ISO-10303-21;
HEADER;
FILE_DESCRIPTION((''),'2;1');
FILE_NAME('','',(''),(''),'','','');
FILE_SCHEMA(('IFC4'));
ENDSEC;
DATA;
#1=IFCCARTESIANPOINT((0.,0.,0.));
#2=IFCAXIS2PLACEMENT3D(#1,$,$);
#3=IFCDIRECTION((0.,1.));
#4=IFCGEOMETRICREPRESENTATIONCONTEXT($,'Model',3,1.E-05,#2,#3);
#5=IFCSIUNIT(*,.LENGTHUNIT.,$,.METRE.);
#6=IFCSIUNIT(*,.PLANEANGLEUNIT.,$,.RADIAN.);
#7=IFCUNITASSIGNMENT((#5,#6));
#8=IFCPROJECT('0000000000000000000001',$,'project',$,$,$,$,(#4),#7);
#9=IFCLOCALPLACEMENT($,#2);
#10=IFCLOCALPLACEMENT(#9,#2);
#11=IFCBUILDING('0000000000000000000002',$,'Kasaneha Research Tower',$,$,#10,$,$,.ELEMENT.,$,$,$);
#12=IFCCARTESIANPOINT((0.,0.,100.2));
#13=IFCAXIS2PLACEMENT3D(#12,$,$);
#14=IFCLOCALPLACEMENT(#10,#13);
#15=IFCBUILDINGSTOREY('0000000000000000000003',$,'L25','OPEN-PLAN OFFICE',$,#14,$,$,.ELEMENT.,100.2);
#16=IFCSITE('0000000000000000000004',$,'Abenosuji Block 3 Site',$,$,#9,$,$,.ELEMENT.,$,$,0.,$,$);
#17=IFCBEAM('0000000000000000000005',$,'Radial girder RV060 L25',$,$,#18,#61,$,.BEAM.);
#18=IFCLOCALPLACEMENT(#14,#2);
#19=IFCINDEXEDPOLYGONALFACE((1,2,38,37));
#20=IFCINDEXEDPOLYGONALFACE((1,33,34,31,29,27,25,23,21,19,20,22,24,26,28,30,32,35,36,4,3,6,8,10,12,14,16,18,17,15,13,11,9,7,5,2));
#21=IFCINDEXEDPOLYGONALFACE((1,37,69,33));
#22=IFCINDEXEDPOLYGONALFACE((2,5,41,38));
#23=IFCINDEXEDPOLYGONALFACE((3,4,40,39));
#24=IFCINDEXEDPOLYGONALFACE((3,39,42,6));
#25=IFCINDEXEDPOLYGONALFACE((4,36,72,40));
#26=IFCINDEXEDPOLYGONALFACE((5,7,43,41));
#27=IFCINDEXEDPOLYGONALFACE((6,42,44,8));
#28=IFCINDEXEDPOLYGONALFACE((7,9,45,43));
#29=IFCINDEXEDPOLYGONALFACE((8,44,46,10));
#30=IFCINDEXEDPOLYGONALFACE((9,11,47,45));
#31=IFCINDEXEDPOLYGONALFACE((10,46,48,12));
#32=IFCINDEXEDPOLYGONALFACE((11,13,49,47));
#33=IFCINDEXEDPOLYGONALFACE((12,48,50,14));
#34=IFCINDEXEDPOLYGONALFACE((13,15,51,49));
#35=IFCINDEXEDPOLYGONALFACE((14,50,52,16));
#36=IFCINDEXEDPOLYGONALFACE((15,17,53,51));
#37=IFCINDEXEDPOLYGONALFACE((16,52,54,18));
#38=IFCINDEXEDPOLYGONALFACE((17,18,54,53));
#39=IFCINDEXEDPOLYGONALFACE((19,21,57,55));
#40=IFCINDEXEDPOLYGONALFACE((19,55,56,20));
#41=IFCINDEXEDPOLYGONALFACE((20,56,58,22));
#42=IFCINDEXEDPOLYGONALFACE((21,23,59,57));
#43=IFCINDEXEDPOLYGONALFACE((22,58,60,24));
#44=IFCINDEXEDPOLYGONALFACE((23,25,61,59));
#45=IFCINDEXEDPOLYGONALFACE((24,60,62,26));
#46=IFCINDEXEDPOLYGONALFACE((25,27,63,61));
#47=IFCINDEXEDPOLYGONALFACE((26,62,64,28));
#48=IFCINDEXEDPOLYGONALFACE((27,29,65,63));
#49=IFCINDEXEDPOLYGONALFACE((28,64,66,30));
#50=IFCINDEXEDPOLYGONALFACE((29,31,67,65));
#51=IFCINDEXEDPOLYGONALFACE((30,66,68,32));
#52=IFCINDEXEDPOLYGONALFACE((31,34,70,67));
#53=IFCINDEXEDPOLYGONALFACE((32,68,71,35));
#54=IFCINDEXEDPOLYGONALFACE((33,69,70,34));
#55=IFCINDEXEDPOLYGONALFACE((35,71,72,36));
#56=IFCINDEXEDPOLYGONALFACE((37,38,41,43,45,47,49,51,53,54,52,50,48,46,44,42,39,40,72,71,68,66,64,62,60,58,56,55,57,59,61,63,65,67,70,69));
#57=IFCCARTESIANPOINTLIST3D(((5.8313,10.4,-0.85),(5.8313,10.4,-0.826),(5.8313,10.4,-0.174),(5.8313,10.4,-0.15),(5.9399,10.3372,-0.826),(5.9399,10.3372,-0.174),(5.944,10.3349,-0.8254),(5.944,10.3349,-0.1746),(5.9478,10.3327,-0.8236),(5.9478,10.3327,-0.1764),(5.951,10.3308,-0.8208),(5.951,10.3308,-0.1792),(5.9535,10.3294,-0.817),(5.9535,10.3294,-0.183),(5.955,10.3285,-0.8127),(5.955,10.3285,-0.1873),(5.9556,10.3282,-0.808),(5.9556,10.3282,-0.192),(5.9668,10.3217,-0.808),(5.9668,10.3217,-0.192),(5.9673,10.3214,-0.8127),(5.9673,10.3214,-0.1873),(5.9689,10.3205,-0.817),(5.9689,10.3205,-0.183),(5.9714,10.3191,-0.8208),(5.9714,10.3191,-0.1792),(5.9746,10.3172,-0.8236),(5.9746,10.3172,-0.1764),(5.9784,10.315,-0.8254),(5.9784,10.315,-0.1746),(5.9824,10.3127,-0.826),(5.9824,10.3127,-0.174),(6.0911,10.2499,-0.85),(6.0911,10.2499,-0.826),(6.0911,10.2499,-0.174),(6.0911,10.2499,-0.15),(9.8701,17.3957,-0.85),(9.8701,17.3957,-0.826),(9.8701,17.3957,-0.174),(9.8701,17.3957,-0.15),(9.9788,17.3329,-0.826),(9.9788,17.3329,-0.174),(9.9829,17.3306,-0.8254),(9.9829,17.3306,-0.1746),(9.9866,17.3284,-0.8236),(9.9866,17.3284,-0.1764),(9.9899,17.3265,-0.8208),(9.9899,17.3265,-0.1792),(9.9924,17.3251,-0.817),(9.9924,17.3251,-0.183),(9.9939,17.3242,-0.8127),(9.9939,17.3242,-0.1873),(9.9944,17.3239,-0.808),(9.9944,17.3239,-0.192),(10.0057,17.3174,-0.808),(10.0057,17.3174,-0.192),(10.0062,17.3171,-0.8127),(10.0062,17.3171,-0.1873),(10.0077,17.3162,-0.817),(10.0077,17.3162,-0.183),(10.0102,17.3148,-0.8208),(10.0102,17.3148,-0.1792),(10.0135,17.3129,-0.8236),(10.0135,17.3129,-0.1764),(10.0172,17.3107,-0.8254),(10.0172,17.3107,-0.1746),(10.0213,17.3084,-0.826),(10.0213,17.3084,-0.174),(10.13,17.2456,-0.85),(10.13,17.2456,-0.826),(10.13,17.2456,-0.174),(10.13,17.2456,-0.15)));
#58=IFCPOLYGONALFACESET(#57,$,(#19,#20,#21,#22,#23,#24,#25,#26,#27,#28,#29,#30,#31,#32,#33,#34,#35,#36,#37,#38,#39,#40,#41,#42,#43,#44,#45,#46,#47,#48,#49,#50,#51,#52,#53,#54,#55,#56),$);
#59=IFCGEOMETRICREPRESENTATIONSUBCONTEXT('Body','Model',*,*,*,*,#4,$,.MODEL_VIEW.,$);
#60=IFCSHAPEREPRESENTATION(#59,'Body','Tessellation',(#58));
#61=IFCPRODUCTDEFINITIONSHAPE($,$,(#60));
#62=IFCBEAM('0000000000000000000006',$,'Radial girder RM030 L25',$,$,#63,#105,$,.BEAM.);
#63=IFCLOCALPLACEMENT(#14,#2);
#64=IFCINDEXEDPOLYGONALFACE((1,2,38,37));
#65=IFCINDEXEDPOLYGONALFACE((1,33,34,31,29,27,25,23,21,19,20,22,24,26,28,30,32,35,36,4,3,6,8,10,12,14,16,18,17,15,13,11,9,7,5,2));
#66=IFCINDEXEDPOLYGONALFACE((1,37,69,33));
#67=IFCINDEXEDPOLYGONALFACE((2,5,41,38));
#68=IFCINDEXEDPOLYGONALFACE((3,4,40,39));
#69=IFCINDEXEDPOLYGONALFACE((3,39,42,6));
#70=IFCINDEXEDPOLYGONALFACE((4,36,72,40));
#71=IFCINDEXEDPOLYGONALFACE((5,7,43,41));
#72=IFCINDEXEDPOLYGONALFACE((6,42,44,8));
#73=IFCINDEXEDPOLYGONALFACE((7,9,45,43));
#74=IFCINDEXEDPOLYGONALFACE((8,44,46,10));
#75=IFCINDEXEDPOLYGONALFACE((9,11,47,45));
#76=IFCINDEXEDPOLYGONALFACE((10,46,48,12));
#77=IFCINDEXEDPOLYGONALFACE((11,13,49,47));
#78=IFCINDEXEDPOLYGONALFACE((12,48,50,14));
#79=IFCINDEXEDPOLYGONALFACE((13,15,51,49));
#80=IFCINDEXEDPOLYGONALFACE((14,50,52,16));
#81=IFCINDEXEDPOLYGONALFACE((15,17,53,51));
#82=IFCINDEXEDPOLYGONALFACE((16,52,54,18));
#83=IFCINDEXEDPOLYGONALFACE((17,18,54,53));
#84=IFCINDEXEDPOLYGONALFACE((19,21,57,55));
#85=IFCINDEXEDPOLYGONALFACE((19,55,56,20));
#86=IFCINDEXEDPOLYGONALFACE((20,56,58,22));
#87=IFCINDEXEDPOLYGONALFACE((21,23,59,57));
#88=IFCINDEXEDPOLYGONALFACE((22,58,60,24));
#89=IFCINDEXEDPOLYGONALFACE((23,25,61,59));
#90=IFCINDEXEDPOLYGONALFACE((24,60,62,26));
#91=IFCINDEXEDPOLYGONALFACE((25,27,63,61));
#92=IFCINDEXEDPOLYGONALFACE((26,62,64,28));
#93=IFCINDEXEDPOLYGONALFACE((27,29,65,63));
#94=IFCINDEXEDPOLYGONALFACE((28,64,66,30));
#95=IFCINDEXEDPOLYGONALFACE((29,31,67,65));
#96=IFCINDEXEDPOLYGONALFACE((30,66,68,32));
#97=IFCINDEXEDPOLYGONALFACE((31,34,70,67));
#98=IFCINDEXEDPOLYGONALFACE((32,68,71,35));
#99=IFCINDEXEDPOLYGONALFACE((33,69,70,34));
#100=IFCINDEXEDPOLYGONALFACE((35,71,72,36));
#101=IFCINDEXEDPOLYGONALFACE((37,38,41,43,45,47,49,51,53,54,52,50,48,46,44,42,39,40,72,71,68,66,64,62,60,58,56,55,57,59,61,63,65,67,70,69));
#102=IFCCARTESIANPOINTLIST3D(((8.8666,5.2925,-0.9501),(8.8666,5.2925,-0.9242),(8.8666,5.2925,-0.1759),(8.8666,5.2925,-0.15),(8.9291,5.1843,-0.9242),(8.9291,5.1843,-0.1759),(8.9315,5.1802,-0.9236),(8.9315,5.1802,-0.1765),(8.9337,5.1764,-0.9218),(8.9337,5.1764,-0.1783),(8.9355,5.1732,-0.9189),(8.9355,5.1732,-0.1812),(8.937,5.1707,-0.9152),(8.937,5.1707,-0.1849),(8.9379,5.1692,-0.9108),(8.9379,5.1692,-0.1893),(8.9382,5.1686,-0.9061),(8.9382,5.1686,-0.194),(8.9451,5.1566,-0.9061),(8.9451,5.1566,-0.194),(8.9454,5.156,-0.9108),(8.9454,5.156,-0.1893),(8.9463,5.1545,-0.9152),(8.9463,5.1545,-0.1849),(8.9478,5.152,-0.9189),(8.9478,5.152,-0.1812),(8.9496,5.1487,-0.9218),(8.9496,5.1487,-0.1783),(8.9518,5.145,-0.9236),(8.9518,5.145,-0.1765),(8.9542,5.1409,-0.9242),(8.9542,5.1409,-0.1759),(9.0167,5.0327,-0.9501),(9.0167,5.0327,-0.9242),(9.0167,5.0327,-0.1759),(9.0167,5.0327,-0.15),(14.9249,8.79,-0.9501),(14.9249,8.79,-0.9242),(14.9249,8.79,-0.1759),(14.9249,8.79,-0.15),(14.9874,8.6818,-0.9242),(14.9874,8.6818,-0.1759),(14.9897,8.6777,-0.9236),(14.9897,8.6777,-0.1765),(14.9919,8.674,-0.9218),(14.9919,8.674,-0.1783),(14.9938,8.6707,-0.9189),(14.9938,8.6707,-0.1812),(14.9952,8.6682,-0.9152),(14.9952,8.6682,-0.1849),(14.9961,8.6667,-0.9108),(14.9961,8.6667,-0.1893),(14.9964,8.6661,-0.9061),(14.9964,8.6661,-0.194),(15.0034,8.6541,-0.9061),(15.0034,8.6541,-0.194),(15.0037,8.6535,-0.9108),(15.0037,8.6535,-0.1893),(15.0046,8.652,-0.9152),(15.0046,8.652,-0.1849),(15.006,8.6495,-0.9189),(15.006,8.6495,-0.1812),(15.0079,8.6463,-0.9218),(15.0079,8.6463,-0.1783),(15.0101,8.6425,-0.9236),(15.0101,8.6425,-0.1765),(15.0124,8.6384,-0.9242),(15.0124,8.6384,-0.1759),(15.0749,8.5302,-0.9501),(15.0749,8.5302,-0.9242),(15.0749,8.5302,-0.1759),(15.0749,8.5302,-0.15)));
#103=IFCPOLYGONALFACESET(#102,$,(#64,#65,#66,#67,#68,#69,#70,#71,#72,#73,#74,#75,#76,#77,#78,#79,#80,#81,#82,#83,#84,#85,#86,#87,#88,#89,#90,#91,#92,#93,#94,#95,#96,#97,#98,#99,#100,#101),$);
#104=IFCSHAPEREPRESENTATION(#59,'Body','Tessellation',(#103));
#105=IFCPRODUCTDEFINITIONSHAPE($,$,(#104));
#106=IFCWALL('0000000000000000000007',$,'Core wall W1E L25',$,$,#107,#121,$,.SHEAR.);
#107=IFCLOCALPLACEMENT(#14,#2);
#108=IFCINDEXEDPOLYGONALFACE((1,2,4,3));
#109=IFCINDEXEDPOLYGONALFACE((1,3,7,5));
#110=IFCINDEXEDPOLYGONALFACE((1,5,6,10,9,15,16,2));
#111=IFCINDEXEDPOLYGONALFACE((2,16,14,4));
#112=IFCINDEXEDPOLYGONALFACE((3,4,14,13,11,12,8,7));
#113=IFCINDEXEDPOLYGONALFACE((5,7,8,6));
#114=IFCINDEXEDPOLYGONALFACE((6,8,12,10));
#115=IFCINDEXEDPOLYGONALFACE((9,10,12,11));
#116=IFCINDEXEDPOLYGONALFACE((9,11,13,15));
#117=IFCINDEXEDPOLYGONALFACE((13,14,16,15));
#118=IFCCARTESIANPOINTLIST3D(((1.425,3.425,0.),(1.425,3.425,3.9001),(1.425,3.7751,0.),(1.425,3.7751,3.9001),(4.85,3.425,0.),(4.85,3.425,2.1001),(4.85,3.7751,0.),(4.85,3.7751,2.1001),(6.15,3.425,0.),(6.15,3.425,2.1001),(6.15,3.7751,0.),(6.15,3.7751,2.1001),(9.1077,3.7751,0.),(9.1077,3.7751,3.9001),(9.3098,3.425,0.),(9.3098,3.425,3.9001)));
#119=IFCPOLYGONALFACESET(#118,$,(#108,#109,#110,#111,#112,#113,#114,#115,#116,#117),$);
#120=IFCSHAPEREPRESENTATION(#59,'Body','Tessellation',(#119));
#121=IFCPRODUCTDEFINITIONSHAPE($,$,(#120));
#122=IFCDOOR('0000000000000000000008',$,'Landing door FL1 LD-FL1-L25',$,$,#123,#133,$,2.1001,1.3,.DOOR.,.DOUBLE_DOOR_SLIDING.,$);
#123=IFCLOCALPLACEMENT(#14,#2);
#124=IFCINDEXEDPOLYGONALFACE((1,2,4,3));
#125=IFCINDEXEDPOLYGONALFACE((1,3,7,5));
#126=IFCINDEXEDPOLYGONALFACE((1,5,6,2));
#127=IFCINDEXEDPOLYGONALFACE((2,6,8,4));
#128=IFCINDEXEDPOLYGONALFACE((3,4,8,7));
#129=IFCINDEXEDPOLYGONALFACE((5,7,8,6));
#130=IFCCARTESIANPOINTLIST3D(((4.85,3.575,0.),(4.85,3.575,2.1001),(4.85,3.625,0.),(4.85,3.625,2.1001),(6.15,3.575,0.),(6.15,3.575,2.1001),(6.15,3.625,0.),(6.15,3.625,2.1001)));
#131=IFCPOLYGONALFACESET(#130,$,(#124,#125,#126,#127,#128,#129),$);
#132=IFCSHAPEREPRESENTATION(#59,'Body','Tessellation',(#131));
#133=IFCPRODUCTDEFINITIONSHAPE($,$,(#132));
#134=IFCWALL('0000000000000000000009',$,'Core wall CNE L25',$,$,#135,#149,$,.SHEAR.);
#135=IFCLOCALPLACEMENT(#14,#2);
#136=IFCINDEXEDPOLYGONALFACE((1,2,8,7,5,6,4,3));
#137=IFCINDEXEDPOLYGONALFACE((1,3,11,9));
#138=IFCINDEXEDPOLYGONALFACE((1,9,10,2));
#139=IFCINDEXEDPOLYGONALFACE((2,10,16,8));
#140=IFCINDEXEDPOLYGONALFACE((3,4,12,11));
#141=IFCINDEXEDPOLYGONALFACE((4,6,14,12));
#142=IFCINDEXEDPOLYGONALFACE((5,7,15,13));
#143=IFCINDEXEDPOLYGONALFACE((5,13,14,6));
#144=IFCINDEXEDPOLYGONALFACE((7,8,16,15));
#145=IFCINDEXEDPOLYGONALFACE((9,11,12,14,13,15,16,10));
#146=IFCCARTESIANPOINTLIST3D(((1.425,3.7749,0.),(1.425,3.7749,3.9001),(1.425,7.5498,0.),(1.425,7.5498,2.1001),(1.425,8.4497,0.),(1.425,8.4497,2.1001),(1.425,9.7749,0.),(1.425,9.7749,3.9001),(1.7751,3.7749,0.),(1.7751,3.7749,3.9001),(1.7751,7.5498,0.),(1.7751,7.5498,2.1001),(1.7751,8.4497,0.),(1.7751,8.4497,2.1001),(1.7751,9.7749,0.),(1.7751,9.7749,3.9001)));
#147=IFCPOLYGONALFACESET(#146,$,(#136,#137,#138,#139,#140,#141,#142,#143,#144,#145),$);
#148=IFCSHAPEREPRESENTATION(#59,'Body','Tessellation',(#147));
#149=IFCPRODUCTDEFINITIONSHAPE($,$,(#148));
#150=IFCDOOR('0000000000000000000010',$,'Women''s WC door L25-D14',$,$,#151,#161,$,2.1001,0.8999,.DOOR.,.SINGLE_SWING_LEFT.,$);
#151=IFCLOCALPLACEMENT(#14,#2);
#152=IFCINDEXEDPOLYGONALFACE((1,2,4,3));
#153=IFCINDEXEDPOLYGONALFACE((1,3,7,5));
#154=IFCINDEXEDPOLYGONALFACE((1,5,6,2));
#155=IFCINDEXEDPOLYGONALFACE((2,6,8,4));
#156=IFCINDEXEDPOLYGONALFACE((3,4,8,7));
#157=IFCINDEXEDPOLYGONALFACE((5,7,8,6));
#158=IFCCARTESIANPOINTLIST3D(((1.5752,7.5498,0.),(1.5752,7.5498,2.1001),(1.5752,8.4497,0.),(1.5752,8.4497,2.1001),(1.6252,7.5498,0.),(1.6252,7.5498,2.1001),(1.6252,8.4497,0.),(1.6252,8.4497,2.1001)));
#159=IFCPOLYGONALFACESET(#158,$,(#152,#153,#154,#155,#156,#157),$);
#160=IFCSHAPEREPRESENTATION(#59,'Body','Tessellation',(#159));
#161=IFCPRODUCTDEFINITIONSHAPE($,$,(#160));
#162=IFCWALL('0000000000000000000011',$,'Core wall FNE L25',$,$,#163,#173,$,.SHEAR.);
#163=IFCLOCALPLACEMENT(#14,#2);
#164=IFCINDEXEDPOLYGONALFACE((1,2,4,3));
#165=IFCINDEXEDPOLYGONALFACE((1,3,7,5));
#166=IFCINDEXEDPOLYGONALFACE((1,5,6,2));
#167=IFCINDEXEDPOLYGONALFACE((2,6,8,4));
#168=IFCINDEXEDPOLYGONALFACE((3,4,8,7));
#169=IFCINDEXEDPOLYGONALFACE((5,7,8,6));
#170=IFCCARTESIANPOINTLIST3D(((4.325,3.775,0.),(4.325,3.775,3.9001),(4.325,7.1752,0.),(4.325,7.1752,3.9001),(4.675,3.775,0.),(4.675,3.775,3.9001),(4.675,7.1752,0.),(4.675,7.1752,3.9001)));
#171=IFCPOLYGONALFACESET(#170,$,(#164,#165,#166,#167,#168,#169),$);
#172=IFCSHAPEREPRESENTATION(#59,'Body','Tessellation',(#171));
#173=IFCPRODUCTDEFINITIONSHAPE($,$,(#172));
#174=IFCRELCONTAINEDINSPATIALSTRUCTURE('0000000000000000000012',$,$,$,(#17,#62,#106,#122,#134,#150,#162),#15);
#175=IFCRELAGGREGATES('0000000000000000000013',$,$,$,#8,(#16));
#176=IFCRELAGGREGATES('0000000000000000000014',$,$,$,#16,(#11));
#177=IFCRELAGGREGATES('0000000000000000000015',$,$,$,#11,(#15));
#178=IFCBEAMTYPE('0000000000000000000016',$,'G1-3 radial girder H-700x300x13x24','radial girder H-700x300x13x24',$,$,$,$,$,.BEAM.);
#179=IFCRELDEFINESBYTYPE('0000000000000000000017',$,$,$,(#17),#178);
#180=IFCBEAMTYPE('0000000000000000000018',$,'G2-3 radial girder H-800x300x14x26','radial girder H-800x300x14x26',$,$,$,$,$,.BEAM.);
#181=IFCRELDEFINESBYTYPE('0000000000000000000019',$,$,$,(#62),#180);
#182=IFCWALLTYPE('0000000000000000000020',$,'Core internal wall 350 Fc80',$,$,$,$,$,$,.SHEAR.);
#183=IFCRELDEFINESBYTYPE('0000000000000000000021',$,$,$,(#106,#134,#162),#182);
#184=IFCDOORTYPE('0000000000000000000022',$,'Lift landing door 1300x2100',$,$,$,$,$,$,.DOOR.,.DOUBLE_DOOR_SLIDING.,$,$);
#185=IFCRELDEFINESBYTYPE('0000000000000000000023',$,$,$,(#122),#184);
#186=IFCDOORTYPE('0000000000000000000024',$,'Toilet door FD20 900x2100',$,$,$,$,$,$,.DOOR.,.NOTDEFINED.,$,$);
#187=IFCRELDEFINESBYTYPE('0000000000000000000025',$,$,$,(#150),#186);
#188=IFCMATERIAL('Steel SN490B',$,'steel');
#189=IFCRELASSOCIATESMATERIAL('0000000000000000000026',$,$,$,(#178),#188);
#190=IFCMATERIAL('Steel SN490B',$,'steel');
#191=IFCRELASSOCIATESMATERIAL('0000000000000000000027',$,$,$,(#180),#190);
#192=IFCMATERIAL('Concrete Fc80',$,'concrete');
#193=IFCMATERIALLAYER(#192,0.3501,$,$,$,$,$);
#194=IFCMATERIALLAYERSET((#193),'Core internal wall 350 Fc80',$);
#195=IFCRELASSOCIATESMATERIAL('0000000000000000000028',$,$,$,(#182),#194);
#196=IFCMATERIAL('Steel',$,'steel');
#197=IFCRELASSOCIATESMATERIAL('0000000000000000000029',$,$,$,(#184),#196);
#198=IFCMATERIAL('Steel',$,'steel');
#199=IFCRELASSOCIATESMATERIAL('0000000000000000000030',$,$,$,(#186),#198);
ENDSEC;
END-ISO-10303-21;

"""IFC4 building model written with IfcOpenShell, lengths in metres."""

from ifc_helpers import new_model, si_unit, direction, frame, frame_2d, origin, origin_2d, place, context, subcontext, project, spatial, polyline, rectangle, i_section, outline, extrude, material, layer, layer_set, material_profile, profile_set, type_object, element, fill, save


model = new_model("IFC4")

# Units and contexts
model_context = context("Model", 3, precision=1e-05, world=origin(), true_north=direction((0.0, 1.0)))
body_context = subcontext(model_context, "Body", "Model", "MODEL_VIEW")
ifc_project = project(units=[si_unit("LENGTHUNIT", "METRE"), si_unit("PLANEANGLEUNIT", "RADIAN")], contexts=[model_context])

# Site, building, storey
site_placement = place(None, origin())
site = spatial("IfcSite", under=ifc_project, at=site_placement, Name="Abenosuji Block 3 Site", CompositionType="ELEMENT", RefElevation=0.0)
building_placement = place(site_placement, origin())
building = spatial("IfcBuilding", under=site, at=building_placement, Name="Kasaneha Research Tower", CompositionType="ELEMENT")
storey_placement = place(building_placement, frame((0.0, 0.0, 100.2)))
storey = spatial("IfcBuildingStorey", under=building, at=storey_placement, Name="L25", Description="OPEN-PLAN OFFICE", CompositionType="ELEMENT", Elevation=100.2)

# Beams
ifc_material_1 = material(Name="Steel SN490B", Category="steel")
ifc_material_profile_1 = material_profile(ifc_material_1, i_section(OverallWidth=0.3, OverallDepth=0.7, WebThickness=0.0129, FlangeThickness=0.0239, FilletRadius=0.0181, at=origin_2d()), Name="H-700x300x13x24")
ifc_profile_set_1 = profile_set([ifc_material_profile_1], Name="Steel SN490B")
beam_type_1 = type_object("IfcBeamType", Name="G1-3 radial girder H-700x300x13x24", Description="radial girder H-700x300x13x24", PredefinedType="BEAM", material=ifc_profile_set_1)
beam_1_placement = place(storey_placement, frame((5.9612, 10.325, -0.5), z_axis=(0.499991, 0.866031, 0.0), x_axis=(-0.866031, 0.499991, 0.0)))
element("IfcBeam", 1, at=beam_1_placement, inside=storey, type_object=beam_type_1, Name="Radial girder RV060 L25", PredefinedType="BEAM", context=body_context, shape_type="SweptSolid", body=[
    extrude(i_section(OverallWidth=0.3, OverallDepth=0.7, WebThickness=0.0129, FlangeThickness=0.0239, FilletRadius=0.0181, at=origin_2d()), origin(), (0.0, 0.0, 1.0), 8.0779),
])
ifc_material_2 = material(Name="Steel SN490B", Category="steel")
ifc_material_profile_2 = material_profile(ifc_material_2, i_section(OverallWidth=0.3, OverallDepth=0.8, WebThickness=0.0139, FlangeThickness=0.0259, FilletRadius=0.0181, at=origin_2d()), Name="H-800x300x14x26")
ifc_profile_set_2 = profile_set([ifc_material_profile_2], Name="Steel SN490B")
beam_type_2 = type_object("IfcBeamType", Name="G2-3 radial girder H-800x300x14x26", Description="radial girder H-800x300x14x26", PredefinedType="BEAM", material=ifc_profile_set_2)
beam_2_placement = place(storey_placement, frame((8.9417, 5.1626, -0.55), z_axis=(0.86604, 0.499975, 0.0), x_axis=(-0.499975, 0.86604, 0.0)))
element("IfcBeam", 2, at=beam_2_placement, inside=storey, type_object=beam_type_2, Name="Radial girder RM030 L25", PredefinedType="BEAM", context=body_context, shape_type="SweptSolid", body=[
    extrude(i_section(OverallWidth=0.3, OverallDepth=0.8, WebThickness=0.0139, FlangeThickness=0.0259, FilletRadius=0.0181, at=origin_2d()), origin(), (0.0, 0.0, 1.0), 6.9954),
])

# Walls, openings, doors
ifc_material_3 = material(Name="Concrete Fc80", Category="concrete")
ifc_layer_1 = layer(ifc_material_3, 0.3501)
ifc_layer_set_1 = layer_set([ifc_layer_1], Name="Core internal wall 350 Fc80")
wall_type_1 = type_object("IfcWallType", Name="Core internal wall 350 Fc80", PredefinedType="SHEAR", material=ifc_layer_set_1)
wall_1_placement = place(storey_placement, frame((1.425, 3.6001, 0.0), z_axis=(0.0, 0.0, 1.0), x_axis=(1.0, 0.0, 0.0)))
wall_1 = element("IfcWall", 3, at=wall_1_placement, inside=storey, type_object=wall_type_1, Name="Core wall W1E L25", PredefinedType="SHEAR", context=body_context, shape_type="SweptSolid", body=[
    extrude(outline(polyline([(0.0, -0.175), (3.425, -0.175), (4.7251, -0.175), (7.8848, -0.175), (7.6826, 0.175), (4.7251, 0.175), (3.425, 0.175), (0.0, 0.175), (0.0, -0.175)])), origin(), (0.0, 0.0, 1.0), 3.9001),
])
opening_1_placement = place(wall_1_placement, frame((3.425, 0.0, 0.0)))
opening_1 = element("IfcOpeningElement", 4, at=opening_1_placement, cuts=wall_1, PredefinedType="OPENING", context=body_context, shape_type="SweptSolid", body=[
    extrude(rectangle(XDim=1.3, YDim=2.1001, at=frame_2d((0.6499, 1.05))), frame((0.0, 0.1851, 0.0), z_axis=(0.0, -1.0, 0.0), x_axis=(1.0, 0.0, 0.0)), (0.0, 0.0, 1.0), 0.3701),
])
ifc_material_4 = material(Name="Steel", Category="steel")
door_type_1 = type_object("IfcDoorType", Name="Lift landing door 1300x2100", OperationType="DOUBLE_DOOR_SLIDING", PredefinedType="DOOR", material=ifc_material_4)
door_1_placement = place(opening_1_placement, origin())
door_1 = element("IfcDoor", 5, at=door_1_placement, inside=storey, type_object=door_type_1, Name="Landing door FL1 LD-FL1-L25", OperationType="DOUBLE_DOOR_SLIDING", OverallHeight=2.1001, OverallWidth=1.3, PredefinedType="DOOR", context=body_context, shape_type="SweptSolid", body=[
    extrude(rectangle(XDim=1.3, YDim=2.1001, at=frame_2d((0.6499, 1.05))), frame((0.0, 0.0249, 0.0), z_axis=(0.0, -1.0, 0.0), x_axis=(1.0, 0.0, 0.0)), (0.0, 0.0, 1.0), 0.05),
])
fill(opening_1, door_1)
wall_2_placement = place(storey_placement, frame((1.6001, 3.7749, 0.0), z_axis=(0.0, 0.0, 1.0), x_axis=(0.0, 1.0, 0.0)))
wall_2 = element("IfcWall", 6, at=wall_2_placement, inside=storey, type_object=wall_type_1, Name="Core wall CNE L25", PredefinedType="SHEAR", context=body_context, shape_type="SweptSolid", body=[
    extrude(rectangle(XDim=6.0, YDim=0.3501, at=frame_2d((3.0, 0.0))), origin(), (0.0, 0.0, 1.0), 3.9001),
])
opening_2_placement = place(wall_2_placement, frame((3.7749, 0.0, 0.0)))
opening_2 = element("IfcOpeningElement", 7, at=opening_2_placement, cuts=wall_2, PredefinedType="OPENING", context=body_context, shape_type="SweptSolid", body=[
    extrude(rectangle(XDim=0.8999, YDim=2.1001, at=frame_2d((0.45, 1.05))), frame((0.0, 0.1851, 0.0), z_axis=(0.0, -1.0, 0.0), x_axis=(1.0, 0.0, 0.0)), (0.0, 0.0, 1.0), 0.3701),
])
ifc_material_5 = material(Name="Steel", Category="steel")
door_type_2 = type_object("IfcDoorType", Name="Toilet door FD20 900x2100", OperationType="NOTDEFINED", PredefinedType="DOOR", material=ifc_material_5)
door_2_placement = place(opening_2_placement, origin())
door_2 = element("IfcDoor", 8, at=door_2_placement, inside=storey, type_object=door_type_2, Name="Women's WC door L25-D14", OperationType="SINGLE_SWING_LEFT", OverallHeight=2.1001, OverallWidth=0.8999, PredefinedType="DOOR", context=body_context, shape_type="SweptSolid", body=[
    extrude(rectangle(XDim=0.8999, YDim=2.1001, at=frame_2d((0.45, 1.05))), frame((0.0, 0.0249, 0.0), z_axis=(0.0, -1.0, 0.0), x_axis=(1.0, 0.0, 0.0)), (0.0, 0.0, 1.0), 0.05),
])
fill(opening_2, door_2)

# Wall
wall_3_placement = place(storey_placement, frame((4.5, 3.7749, 0.0), z_axis=(0.0, 0.0, 1.0), x_axis=(0.0, 1.0, 0.0)))
element("IfcWall", 9, at=wall_3_placement, inside=storey, type_object=wall_type_1, Name="Core wall FNE L25", PredefinedType="SHEAR", context=body_context, shape_type="SweptSolid", body=[
    extrude(rectangle(XDim=3.4001, YDim=0.3501, at=frame_2d((1.7002, 0.0))), origin(), (0.0, 0.0, 1.0), 3.9001),
])

save(model, "model.ifc")
